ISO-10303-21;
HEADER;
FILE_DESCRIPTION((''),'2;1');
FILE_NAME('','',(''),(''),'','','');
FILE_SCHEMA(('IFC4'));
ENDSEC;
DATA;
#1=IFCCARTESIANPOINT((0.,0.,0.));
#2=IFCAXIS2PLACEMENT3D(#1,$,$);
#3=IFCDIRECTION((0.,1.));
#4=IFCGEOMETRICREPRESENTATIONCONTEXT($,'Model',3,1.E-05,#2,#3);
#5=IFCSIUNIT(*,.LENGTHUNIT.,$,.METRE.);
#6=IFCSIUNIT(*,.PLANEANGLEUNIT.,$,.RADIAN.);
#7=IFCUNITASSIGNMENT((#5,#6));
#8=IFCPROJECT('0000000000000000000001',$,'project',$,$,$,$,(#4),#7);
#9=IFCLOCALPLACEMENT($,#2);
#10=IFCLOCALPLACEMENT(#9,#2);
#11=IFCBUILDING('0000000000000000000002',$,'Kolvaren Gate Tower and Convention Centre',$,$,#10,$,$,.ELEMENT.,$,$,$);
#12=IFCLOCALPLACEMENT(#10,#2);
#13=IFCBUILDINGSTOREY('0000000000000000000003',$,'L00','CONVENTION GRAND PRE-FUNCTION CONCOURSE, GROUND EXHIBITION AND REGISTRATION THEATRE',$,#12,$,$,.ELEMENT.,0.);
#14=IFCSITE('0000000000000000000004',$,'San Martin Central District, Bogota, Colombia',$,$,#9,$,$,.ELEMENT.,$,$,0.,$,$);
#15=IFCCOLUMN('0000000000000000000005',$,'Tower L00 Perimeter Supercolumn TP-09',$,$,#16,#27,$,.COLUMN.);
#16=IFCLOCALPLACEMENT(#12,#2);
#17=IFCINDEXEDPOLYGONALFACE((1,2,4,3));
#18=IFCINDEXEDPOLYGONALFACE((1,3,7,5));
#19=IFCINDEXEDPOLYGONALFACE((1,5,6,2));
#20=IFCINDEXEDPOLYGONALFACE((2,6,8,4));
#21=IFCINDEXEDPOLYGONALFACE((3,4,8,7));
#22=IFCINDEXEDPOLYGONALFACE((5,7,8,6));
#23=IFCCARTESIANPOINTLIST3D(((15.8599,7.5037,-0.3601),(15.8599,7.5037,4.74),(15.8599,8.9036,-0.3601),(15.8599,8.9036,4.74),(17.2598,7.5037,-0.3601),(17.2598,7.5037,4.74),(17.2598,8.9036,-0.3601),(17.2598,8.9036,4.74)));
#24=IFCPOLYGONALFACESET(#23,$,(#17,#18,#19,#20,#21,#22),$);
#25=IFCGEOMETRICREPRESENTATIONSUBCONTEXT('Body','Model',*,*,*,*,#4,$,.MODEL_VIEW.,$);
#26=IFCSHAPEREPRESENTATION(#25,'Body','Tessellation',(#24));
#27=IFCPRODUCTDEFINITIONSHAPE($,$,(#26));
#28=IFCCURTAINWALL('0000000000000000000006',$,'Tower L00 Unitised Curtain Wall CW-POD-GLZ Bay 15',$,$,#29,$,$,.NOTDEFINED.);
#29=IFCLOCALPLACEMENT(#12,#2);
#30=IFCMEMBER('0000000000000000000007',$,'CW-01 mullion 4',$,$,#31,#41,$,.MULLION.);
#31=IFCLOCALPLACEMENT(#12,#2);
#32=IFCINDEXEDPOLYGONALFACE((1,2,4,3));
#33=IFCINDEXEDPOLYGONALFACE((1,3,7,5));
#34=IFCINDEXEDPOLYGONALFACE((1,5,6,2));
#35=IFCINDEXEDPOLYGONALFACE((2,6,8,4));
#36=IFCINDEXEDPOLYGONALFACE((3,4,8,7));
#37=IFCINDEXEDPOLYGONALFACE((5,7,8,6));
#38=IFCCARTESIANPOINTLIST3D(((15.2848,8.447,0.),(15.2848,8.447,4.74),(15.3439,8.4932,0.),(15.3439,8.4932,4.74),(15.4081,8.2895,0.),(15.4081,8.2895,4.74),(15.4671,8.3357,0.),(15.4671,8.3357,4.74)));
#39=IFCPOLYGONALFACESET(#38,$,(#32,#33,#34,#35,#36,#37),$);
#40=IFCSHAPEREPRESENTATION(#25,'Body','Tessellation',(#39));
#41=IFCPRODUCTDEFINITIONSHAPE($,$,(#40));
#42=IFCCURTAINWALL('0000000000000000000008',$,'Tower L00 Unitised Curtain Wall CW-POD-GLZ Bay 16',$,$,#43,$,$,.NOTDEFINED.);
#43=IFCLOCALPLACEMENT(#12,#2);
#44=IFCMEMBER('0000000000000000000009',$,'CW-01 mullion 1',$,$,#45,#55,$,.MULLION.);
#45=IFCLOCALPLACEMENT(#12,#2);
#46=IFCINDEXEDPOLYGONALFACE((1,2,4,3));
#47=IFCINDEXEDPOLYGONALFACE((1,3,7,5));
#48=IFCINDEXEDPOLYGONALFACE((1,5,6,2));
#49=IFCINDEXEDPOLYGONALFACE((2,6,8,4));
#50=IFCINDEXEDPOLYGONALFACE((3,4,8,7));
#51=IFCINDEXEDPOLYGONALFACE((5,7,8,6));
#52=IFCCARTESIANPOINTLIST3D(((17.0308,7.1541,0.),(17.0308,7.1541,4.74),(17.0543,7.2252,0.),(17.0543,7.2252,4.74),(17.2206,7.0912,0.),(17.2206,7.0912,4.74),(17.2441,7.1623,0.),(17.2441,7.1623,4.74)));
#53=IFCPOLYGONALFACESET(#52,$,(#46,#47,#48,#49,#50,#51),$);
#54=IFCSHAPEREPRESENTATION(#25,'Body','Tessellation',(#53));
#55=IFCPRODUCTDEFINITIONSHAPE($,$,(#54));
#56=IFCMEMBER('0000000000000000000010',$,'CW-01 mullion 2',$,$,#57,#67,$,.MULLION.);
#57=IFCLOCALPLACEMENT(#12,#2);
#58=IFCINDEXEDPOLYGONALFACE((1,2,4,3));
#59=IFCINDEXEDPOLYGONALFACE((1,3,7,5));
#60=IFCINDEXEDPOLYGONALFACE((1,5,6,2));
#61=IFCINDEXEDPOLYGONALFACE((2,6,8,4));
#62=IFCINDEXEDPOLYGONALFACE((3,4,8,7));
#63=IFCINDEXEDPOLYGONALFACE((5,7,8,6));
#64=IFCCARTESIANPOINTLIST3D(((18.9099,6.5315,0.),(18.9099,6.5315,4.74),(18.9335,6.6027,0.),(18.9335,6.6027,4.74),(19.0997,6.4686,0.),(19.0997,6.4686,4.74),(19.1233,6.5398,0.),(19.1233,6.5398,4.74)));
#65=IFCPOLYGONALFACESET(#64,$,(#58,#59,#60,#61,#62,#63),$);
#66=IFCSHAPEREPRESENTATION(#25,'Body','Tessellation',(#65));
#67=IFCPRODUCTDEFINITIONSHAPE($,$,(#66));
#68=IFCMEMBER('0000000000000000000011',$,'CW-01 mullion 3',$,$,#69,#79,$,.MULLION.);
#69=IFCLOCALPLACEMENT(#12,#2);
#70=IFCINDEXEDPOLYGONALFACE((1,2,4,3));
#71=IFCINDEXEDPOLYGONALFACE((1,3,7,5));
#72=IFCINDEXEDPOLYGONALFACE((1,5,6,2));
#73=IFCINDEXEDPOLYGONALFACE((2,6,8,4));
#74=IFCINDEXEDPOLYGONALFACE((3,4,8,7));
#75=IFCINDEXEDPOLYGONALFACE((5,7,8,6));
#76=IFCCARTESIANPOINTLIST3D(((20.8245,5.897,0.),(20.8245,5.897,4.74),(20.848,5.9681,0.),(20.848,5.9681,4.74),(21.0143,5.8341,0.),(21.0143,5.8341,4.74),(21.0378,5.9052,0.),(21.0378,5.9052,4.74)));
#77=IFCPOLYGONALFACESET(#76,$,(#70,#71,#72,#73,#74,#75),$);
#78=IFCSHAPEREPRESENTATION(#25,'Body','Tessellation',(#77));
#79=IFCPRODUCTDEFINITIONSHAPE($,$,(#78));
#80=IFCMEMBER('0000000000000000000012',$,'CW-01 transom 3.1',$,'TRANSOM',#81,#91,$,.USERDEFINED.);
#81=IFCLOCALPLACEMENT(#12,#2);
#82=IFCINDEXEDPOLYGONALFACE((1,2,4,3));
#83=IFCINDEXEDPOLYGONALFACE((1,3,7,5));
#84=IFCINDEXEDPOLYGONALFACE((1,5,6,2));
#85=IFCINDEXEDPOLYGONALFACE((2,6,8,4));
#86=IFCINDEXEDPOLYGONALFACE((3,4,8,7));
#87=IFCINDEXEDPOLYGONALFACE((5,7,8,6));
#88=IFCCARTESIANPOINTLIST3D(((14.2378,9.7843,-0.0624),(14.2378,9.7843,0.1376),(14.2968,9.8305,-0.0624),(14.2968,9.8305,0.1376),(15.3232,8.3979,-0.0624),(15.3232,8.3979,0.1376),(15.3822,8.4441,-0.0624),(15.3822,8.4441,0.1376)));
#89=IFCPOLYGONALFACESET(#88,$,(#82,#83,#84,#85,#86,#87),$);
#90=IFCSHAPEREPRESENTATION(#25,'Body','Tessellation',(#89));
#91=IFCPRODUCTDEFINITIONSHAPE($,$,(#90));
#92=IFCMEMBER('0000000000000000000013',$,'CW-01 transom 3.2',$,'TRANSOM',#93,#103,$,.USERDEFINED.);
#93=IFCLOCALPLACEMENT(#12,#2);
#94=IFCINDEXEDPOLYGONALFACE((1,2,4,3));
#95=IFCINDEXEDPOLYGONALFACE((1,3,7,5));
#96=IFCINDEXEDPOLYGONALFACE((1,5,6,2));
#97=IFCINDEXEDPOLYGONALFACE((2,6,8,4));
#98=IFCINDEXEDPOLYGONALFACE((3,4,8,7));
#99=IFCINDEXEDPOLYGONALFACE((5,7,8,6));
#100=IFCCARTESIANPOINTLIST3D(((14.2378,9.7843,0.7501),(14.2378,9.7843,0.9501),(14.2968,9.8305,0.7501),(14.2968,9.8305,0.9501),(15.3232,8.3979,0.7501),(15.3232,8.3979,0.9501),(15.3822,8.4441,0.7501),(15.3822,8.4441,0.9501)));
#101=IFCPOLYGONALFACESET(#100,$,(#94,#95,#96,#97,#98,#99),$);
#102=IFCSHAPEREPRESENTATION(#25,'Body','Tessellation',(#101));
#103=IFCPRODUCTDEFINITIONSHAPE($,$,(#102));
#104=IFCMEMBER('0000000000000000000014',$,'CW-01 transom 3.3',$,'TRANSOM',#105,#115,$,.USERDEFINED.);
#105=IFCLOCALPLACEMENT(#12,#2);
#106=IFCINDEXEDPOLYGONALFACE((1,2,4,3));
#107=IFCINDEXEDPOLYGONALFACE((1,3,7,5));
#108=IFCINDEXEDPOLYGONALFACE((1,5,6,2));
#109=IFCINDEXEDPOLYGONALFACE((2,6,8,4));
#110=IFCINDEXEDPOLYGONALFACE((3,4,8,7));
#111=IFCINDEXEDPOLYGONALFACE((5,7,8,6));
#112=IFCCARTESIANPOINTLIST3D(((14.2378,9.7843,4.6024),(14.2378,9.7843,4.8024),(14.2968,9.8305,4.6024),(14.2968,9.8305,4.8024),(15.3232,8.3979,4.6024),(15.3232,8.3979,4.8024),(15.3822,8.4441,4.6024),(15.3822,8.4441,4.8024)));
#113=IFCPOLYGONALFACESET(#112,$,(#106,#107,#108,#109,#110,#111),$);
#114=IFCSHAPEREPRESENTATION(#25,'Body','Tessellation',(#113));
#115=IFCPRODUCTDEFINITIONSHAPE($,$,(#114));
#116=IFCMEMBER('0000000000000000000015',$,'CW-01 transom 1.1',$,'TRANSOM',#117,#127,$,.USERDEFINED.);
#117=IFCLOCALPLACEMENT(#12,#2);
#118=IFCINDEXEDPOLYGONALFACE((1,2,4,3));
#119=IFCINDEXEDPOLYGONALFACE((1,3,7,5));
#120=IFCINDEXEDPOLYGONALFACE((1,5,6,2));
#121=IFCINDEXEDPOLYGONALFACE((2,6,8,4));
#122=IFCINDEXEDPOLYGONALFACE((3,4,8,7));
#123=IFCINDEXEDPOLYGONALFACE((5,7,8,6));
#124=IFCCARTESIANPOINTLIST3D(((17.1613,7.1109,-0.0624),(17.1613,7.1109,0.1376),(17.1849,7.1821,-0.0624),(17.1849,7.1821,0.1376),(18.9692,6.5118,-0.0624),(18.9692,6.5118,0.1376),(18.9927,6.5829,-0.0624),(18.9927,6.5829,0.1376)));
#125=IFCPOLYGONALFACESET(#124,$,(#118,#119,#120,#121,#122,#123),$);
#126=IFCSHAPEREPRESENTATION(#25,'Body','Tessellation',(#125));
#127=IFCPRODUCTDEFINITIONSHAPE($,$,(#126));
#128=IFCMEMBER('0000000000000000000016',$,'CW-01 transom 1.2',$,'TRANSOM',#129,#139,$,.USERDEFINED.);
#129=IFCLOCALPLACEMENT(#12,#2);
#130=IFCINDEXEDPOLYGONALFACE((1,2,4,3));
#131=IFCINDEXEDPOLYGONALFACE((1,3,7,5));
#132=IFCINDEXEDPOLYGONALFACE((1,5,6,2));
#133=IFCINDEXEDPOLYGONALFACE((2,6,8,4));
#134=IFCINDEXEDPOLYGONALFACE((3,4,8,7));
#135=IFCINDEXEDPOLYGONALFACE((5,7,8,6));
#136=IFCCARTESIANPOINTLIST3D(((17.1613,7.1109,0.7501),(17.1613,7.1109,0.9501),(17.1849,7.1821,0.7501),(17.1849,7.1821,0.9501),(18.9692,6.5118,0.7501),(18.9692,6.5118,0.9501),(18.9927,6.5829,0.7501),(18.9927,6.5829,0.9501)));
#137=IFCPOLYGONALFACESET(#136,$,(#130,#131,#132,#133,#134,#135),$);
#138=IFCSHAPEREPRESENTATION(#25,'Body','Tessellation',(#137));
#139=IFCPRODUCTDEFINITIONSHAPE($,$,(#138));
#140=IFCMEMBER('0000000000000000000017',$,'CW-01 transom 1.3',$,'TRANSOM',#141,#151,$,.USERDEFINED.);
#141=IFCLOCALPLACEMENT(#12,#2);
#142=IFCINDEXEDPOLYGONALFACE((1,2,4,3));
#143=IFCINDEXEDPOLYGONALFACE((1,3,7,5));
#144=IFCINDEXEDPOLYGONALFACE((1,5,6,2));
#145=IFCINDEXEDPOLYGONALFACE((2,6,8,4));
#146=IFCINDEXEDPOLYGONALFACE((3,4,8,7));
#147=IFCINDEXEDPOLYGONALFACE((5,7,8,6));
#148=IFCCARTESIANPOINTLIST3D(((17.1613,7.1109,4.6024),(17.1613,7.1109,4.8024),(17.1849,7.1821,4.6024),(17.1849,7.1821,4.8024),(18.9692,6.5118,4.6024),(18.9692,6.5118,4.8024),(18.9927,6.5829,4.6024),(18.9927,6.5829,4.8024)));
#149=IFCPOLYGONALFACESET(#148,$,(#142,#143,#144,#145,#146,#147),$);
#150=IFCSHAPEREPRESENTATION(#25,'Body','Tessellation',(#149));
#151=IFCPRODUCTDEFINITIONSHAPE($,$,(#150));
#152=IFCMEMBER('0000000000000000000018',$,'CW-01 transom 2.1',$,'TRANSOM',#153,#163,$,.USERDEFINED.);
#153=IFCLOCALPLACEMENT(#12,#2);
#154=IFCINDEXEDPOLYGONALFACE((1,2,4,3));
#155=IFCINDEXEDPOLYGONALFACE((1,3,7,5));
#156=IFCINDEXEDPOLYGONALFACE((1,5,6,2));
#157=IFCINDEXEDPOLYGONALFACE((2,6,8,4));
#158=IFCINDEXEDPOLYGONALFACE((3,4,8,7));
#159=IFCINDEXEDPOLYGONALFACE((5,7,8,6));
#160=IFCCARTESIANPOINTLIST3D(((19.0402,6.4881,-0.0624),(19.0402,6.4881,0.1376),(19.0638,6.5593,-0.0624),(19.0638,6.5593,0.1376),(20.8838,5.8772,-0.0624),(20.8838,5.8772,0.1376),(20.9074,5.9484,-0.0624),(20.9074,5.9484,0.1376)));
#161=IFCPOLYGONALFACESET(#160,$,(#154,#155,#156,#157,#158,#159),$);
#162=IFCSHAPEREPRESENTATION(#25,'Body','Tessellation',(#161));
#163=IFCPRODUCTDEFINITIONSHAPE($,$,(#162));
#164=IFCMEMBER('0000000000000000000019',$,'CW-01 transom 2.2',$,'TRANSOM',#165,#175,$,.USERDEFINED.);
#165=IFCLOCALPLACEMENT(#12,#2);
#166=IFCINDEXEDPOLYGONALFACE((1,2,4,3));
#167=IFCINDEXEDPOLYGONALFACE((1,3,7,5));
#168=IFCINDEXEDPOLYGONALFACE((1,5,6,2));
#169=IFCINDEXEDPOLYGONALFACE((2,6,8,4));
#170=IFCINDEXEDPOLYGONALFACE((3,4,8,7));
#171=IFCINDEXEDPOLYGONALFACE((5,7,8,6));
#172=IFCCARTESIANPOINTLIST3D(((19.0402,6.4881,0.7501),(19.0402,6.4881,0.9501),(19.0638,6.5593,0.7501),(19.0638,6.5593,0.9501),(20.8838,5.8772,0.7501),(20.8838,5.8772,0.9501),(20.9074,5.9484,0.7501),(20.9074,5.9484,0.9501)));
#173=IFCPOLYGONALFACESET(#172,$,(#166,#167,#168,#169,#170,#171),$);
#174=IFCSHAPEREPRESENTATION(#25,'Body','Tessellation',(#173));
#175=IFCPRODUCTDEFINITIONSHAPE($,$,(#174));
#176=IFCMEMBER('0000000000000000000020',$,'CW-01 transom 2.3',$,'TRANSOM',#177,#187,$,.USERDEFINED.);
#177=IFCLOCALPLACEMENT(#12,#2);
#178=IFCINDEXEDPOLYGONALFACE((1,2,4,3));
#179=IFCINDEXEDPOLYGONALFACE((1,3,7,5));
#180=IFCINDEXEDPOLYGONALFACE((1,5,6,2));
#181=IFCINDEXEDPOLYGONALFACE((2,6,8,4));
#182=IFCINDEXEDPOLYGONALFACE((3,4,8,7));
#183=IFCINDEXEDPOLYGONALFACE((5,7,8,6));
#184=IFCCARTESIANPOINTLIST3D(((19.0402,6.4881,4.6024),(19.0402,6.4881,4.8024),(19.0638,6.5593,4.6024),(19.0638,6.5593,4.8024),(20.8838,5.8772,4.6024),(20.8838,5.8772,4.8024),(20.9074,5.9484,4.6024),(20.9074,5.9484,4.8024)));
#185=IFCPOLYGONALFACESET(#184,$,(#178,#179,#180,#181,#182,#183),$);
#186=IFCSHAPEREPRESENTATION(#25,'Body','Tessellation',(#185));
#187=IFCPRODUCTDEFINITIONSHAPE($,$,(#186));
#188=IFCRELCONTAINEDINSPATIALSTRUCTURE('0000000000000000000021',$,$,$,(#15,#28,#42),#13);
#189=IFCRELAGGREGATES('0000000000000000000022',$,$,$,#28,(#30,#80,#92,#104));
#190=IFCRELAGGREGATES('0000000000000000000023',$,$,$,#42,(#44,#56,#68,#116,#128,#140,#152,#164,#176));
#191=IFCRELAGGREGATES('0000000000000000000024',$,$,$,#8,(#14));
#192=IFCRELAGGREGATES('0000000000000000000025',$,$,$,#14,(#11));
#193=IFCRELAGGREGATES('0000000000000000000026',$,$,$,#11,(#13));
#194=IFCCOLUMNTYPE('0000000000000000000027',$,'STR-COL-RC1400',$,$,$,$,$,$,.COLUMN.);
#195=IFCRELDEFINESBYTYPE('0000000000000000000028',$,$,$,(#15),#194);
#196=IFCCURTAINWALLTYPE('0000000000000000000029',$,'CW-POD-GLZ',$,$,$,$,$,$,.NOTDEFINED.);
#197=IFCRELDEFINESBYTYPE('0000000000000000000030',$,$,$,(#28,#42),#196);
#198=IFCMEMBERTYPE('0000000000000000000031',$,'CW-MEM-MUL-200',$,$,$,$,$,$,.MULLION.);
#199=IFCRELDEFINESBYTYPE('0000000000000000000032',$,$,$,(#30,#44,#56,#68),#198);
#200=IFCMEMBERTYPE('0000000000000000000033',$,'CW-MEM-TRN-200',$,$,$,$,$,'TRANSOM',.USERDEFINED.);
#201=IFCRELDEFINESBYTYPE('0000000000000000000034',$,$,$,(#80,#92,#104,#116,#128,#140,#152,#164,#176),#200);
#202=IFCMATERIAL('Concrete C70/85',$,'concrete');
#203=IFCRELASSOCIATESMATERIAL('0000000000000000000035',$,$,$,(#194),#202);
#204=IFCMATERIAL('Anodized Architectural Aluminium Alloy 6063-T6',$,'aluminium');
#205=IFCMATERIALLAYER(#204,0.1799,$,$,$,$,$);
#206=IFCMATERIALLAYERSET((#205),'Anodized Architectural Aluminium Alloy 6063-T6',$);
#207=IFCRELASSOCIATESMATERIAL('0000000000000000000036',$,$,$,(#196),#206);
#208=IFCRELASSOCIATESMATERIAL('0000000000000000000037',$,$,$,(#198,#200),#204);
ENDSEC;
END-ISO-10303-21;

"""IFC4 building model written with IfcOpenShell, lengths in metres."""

from ifc_helpers import new_model, si_unit, direction, frame, origin, origin_2d, place, context, subcontext, project, spatial, rectangle, extrude, material, layer, layer_set, material_profile, profile_set, type_object, element, aggregate, save


model = new_model("IFC4")

# Units and contexts
model_context = context("Model", 3, precision=1e-05, world=origin(), true_north=direction((0.0, 1.0)))
body_context = subcontext(model_context, "Body", "Model", "MODEL_VIEW")
ifc_project = project(units=[si_unit("LENGTHUNIT", "METRE"), si_unit("PLANEANGLEUNIT", "RADIAN")], contexts=[model_context])

# Site, building, storey
site_placement = place(None, origin())
site = spatial("IfcSite", under=ifc_project, at=site_placement, Name="San Martin Central District, Bogota, Colombia", CompositionType="ELEMENT", RefElevation=0.0)
building_placement = place(site_placement, origin())
building = spatial("IfcBuilding", under=site, at=building_placement, Name="Kolvaren Gate Tower and Convention Centre", CompositionType="ELEMENT")
storey_placement = place(building_placement, origin())
storey = spatial("IfcBuildingStorey", under=building, at=storey_placement, Name="L00", Description="CONVENTION GRAND PRE-FUNCTION CONCOURSE, GROUND EXHIBITION AND REGISTRATION THEATRE", CompositionType="ELEMENT", Elevation=0.0)

# Column
ifc_material_1 = material(Name="Concrete C70/85", Category="concrete")
ifc_material_profile_1 = material_profile(ifc_material_1, rectangle(XDim=1.3999, YDim=1.3999, at=origin_2d()), Name="RC-COL-1400X1400")
ifc_profile_set_1 = profile_set([ifc_material_profile_1], Name="Concrete C70/85")
column_type = type_object("IfcColumnType", Name="STR-COL-RC1400", PredefinedType="COLUMN", material=ifc_profile_set_1)
column_placement = place(storey_placement, frame((16.5598, 8.2036, -0.3601), z_axis=(0.0, 0.0, 1.0), x_axis=(1.0, 0.0, 0.0)))
element("IfcColumn", 1, at=column_placement, inside=storey, type_object=column_type, Name="Tower L00 Perimeter Supercolumn TP-09", PredefinedType="COLUMN", context=body_context, shape_type="SweptSolid", body=[
    extrude(rectangle(XDim=1.3999, YDim=1.3999, at=origin_2d()), origin(), (0.0, 0.0, 1.0), 5.1001),
])

# Curtain wall, member
ifc_material_2 = material(Name="Anodized Architectural Aluminium Alloy 6063-T6", Category="aluminium")
ifc_layer_1 = layer(ifc_material_2, 0.1799)
ifc_layer_set_1 = layer_set([ifc_layer_1], Name="Anodized Architectural Aluminium Alloy 6063-T6")
curtain_wall_type = type_object("IfcCurtainWallType", Name="CW-POD-GLZ", PredefinedType="NOTDEFINED", material=ifc_layer_set_1)
curtain_wall_1_placement = place(storey_placement, origin())
curtain_wall_1 = element("IfcCurtainWall", 2, at=curtain_wall_1_placement, inside=storey, type_object=curtain_wall_type, Name="Tower L00 Unitised Curtain Wall CW-POD-GLZ Bay 15", PredefinedType="NOTDEFINED")
ifc_material_profile_2 = material_profile(ifc_material_2, rectangle(XDim=0.075, YDim=0.2, at=origin_2d()), Name="CW-MEM-MUL-200")
ifc_profile_set_2 = profile_set([ifc_material_profile_2], Name="Anodized Architectural Aluminium Alloy 6063-T6")
member_type_1 = type_object("IfcMemberType", Name="CW-MEM-MUL-200", PredefinedType="MULLION", material=ifc_profile_set_2)
member_1_placement = place(storey_placement, frame((15.376, 8.3914, 0.0), z_axis=(0.0, 0.0, 1.0), x_axis=(0.787417, 0.616421, 0.0)))
member_1 = element("IfcMember", 3, at=member_1_placement, type_object=member_type_1, Name="CW-01 mullion 4", PredefinedType="MULLION", context=body_context, shape_type="SweptSolid", body=[
    extrude(rectangle(XDim=0.075, YDim=0.2, at=origin_2d()), origin(), (0.0, 0.0, 1.0), 4.74),
])

# Curtain wall, members
curtain_wall_2_placement = place(storey_placement, origin())
curtain_wall_2 = element("IfcCurtainWall", 4, at=curtain_wall_2_placement, inside=storey, type_object=curtain_wall_type, Name="Tower L00 Unitised Curtain Wall CW-POD-GLZ Bay 16", PredefinedType="NOTDEFINED")
member_2_placement = place(storey_placement, frame((17.1375, 7.1582, 0.0), z_axis=(0.0, 0.0, 1.0), x_axis=(0.314547, 0.949242, 0.0)))
member_2 = element("IfcMember", 5, at=member_2_placement, type_object=member_type_1, Name="CW-01 mullion 1", PredefinedType="MULLION", context=body_context, shape_type="SweptSolid", body=[
    extrude(rectangle(XDim=0.075, YDim=0.2, at=origin_2d()), origin(), (0.0, 0.0, 1.0), 4.74),
])
member_3_placement = place(storey_placement, frame((19.0166, 6.5356, 0.0), z_axis=(0.0, 0.0, 1.0), x_axis=(0.314547, 0.949242, 0.0)))
member_3 = element("IfcMember", 6, at=member_3_placement, type_object=member_type_1, Name="CW-01 mullion 2", PredefinedType="MULLION", context=body_context, shape_type="SweptSolid", body=[
    extrude(rectangle(XDim=0.075, YDim=0.2, at=origin_2d()), origin(), (0.0, 0.0, 1.0), 4.74),
])
member_4_placement = place(storey_placement, frame((20.9312, 5.9011, 0.0), z_axis=(0.0, 0.0, 1.0), x_axis=(0.314547, 0.949242, 0.0)))
member_4 = element("IfcMember", 7, at=member_4_placement, type_object=member_type_1, Name="CW-01 mullion 3", PredefinedType="MULLION", context=body_context, shape_type="SweptSolid", body=[
    extrude(rectangle(XDim=0.075, YDim=0.2, at=origin_2d()), origin(), (0.0, 0.0, 1.0), 4.74),
])

# Members
ifc_material_profile_3 = material_profile(ifc_material_2, rectangle(XDim=0.075, YDim=0.2, at=origin_2d()), Name="CW-MEM-TRN-200")
ifc_profile_set_3 = profile_set([ifc_material_profile_3], Name="Anodized Architectural Aluminium Alloy 6063-T6")
member_type_2 = type_object("IfcMemberType", Name="CW-MEM-TRN-200", ElementType="TRANSOM", PredefinedType="USERDEFINED", material=ifc_profile_set_3)
member_5_placement = place(storey_placement, frame((14.2673, 9.8074, 0.0376), z_axis=(0.616443, -0.7874, 0.0), x_axis=(0.7874, 0.616443, 0.0)))
member_5 = element("IfcMember", 8, at=member_5_placement, type_object=member_type_2, Name="CW-01 transom 3.1", ObjectType="TRANSOM", PredefinedType="USERDEFINED", context=body_context, shape_type="SweptSolid", body=[
    extrude(rectangle(XDim=0.075, YDim=0.2, at=origin_2d()), origin(), (0.0, 0.0, 1.0), 1.7607),
])
member_6_placement = place(storey_placement, frame((14.2673, 9.8074, 0.8501), z_axis=(0.616443, -0.7874, 0.0), x_axis=(0.7874, 0.616443, 0.0)))
member_6 = element("IfcMember", 9, at=member_6_placement, type_object=member_type_2, Name="CW-01 transom 3.2", ObjectType="TRANSOM", PredefinedType="USERDEFINED", context=body_context, shape_type="SweptSolid", body=[
    extrude(rectangle(XDim=0.075, YDim=0.2, at=origin_2d()), origin(), (0.0, 0.0, 1.0), 1.7607),
])
member_7_placement = place(storey_placement, frame((14.2673, 9.8074, 4.7024), z_axis=(0.616443, -0.7874, 0.0), x_axis=(0.7874, 0.616443, 0.0)))
member_7 = element("IfcMember", 10, at=member_7_placement, type_object=member_type_2, Name="CW-01 transom 3.3", ObjectType="TRANSOM", PredefinedType="USERDEFINED", context=body_context, shape_type="SweptSolid", body=[
    extrude(rectangle(XDim=0.075, YDim=0.2, at=origin_2d()), origin(), (0.0, 0.0, 1.0), 1.7607),
])
member_8_placement = place(storey_placement, frame((17.1731, 7.1465, 0.0376), z_axis=(0.949233, -0.314574, 0.0), x_axis=(0.314574, 0.949233, 0.0)))
member_8 = element("IfcMember", 11, at=member_8_placement, type_object=member_type_2, Name="CW-01 transom 1.1", ObjectType="TRANSOM", PredefinedType="USERDEFINED", context=body_context, shape_type="SweptSolid", body=[
    extrude(rectangle(XDim=0.075, YDim=0.2, at=origin_2d()), origin(), (0.0, 0.0, 1.0), 1.9045),
])
member_9_placement = place(storey_placement, frame((17.1731, 7.1465, 0.8501), z_axis=(0.949233, -0.314574, 0.0), x_axis=(0.314574, 0.949233, 0.0)))
member_9 = element("IfcMember", 12, at=member_9_placement, type_object=member_type_2, Name="CW-01 transom 1.2", ObjectType="TRANSOM", PredefinedType="USERDEFINED", context=body_context, shape_type="SweptSolid", body=[
    extrude(rectangle(XDim=0.075, YDim=0.2, at=origin_2d()), origin(), (0.0, 0.0, 1.0), 1.9045),
])
member_10_placement = place(storey_placement, frame((17.1731, 7.1465, 4.7024), z_axis=(0.949233, -0.314574, 0.0), x_axis=(0.314574, 0.949233, 0.0)))
member_10 = element("IfcMember", 13, at=member_10_placement, type_object=member_type_2, Name="CW-01 transom 1.3", ObjectType="TRANSOM", PredefinedType="USERDEFINED", context=body_context, shape_type="SweptSolid", body=[
    extrude(rectangle(XDim=0.075, YDim=0.2, at=origin_2d()), origin(), (0.0, 0.0, 1.0), 1.9045),
])
member_11_placement = place(storey_placement, frame((19.052, 6.5237, 0.0376), z_axis=(0.949247, -0.31453, 0.0), x_axis=(0.31453, 0.949247, 0.0)))
member_11 = element("IfcMember", 14, at=member_11_placement, type_object=member_type_2, Name="CW-01 transom 2.1", ObjectType="TRANSOM", PredefinedType="USERDEFINED", context=body_context, shape_type="SweptSolid", body=[
    extrude(rectangle(XDim=0.075, YDim=0.2, at=origin_2d()), origin(), (0.0, 0.0, 1.0), 1.9421),
])
member_12_placement = place(storey_placement, frame((19.052, 6.5237, 0.8501), z_axis=(0.949247, -0.31453, 0.0), x_axis=(0.31453, 0.949247, 0.0)))
member_12 = element("IfcMember", 15, at=member_12_placement, type_object=member_type_2, Name="CW-01 transom 2.2", ObjectType="TRANSOM", PredefinedType="USERDEFINED", context=body_context, shape_type="SweptSolid", body=[
    extrude(rectangle(XDim=0.075, YDim=0.2, at=origin_2d()), origin(), (0.0, 0.0, 1.0), 1.9421),
])
member_13_placement = place(storey_placement, frame((19.052, 6.5237, 4.7024), z_axis=(0.949247, -0.31453, 0.0), x_axis=(0.31453, 0.949247, 0.0)))
member_13 = element("IfcMember", 16, at=member_13_placement, type_object=member_type_2, Name="CW-01 transom 2.3", ObjectType="TRANSOM", PredefinedType="USERDEFINED", context=body_context, shape_type="SweptSolid", body=[
    extrude(rectangle(XDim=0.075, YDim=0.2, at=origin_2d()), origin(), (0.0, 0.0, 1.0), 1.9421),
])

aggregate(curtain_wall_1, [member_1, member_5, member_6, member_7])
aggregate(curtain_wall_2, [member_2, member_3, member_4, member_8, member_9, member_10, member_11, member_12, member_13])

save(model, "model.ifc")
